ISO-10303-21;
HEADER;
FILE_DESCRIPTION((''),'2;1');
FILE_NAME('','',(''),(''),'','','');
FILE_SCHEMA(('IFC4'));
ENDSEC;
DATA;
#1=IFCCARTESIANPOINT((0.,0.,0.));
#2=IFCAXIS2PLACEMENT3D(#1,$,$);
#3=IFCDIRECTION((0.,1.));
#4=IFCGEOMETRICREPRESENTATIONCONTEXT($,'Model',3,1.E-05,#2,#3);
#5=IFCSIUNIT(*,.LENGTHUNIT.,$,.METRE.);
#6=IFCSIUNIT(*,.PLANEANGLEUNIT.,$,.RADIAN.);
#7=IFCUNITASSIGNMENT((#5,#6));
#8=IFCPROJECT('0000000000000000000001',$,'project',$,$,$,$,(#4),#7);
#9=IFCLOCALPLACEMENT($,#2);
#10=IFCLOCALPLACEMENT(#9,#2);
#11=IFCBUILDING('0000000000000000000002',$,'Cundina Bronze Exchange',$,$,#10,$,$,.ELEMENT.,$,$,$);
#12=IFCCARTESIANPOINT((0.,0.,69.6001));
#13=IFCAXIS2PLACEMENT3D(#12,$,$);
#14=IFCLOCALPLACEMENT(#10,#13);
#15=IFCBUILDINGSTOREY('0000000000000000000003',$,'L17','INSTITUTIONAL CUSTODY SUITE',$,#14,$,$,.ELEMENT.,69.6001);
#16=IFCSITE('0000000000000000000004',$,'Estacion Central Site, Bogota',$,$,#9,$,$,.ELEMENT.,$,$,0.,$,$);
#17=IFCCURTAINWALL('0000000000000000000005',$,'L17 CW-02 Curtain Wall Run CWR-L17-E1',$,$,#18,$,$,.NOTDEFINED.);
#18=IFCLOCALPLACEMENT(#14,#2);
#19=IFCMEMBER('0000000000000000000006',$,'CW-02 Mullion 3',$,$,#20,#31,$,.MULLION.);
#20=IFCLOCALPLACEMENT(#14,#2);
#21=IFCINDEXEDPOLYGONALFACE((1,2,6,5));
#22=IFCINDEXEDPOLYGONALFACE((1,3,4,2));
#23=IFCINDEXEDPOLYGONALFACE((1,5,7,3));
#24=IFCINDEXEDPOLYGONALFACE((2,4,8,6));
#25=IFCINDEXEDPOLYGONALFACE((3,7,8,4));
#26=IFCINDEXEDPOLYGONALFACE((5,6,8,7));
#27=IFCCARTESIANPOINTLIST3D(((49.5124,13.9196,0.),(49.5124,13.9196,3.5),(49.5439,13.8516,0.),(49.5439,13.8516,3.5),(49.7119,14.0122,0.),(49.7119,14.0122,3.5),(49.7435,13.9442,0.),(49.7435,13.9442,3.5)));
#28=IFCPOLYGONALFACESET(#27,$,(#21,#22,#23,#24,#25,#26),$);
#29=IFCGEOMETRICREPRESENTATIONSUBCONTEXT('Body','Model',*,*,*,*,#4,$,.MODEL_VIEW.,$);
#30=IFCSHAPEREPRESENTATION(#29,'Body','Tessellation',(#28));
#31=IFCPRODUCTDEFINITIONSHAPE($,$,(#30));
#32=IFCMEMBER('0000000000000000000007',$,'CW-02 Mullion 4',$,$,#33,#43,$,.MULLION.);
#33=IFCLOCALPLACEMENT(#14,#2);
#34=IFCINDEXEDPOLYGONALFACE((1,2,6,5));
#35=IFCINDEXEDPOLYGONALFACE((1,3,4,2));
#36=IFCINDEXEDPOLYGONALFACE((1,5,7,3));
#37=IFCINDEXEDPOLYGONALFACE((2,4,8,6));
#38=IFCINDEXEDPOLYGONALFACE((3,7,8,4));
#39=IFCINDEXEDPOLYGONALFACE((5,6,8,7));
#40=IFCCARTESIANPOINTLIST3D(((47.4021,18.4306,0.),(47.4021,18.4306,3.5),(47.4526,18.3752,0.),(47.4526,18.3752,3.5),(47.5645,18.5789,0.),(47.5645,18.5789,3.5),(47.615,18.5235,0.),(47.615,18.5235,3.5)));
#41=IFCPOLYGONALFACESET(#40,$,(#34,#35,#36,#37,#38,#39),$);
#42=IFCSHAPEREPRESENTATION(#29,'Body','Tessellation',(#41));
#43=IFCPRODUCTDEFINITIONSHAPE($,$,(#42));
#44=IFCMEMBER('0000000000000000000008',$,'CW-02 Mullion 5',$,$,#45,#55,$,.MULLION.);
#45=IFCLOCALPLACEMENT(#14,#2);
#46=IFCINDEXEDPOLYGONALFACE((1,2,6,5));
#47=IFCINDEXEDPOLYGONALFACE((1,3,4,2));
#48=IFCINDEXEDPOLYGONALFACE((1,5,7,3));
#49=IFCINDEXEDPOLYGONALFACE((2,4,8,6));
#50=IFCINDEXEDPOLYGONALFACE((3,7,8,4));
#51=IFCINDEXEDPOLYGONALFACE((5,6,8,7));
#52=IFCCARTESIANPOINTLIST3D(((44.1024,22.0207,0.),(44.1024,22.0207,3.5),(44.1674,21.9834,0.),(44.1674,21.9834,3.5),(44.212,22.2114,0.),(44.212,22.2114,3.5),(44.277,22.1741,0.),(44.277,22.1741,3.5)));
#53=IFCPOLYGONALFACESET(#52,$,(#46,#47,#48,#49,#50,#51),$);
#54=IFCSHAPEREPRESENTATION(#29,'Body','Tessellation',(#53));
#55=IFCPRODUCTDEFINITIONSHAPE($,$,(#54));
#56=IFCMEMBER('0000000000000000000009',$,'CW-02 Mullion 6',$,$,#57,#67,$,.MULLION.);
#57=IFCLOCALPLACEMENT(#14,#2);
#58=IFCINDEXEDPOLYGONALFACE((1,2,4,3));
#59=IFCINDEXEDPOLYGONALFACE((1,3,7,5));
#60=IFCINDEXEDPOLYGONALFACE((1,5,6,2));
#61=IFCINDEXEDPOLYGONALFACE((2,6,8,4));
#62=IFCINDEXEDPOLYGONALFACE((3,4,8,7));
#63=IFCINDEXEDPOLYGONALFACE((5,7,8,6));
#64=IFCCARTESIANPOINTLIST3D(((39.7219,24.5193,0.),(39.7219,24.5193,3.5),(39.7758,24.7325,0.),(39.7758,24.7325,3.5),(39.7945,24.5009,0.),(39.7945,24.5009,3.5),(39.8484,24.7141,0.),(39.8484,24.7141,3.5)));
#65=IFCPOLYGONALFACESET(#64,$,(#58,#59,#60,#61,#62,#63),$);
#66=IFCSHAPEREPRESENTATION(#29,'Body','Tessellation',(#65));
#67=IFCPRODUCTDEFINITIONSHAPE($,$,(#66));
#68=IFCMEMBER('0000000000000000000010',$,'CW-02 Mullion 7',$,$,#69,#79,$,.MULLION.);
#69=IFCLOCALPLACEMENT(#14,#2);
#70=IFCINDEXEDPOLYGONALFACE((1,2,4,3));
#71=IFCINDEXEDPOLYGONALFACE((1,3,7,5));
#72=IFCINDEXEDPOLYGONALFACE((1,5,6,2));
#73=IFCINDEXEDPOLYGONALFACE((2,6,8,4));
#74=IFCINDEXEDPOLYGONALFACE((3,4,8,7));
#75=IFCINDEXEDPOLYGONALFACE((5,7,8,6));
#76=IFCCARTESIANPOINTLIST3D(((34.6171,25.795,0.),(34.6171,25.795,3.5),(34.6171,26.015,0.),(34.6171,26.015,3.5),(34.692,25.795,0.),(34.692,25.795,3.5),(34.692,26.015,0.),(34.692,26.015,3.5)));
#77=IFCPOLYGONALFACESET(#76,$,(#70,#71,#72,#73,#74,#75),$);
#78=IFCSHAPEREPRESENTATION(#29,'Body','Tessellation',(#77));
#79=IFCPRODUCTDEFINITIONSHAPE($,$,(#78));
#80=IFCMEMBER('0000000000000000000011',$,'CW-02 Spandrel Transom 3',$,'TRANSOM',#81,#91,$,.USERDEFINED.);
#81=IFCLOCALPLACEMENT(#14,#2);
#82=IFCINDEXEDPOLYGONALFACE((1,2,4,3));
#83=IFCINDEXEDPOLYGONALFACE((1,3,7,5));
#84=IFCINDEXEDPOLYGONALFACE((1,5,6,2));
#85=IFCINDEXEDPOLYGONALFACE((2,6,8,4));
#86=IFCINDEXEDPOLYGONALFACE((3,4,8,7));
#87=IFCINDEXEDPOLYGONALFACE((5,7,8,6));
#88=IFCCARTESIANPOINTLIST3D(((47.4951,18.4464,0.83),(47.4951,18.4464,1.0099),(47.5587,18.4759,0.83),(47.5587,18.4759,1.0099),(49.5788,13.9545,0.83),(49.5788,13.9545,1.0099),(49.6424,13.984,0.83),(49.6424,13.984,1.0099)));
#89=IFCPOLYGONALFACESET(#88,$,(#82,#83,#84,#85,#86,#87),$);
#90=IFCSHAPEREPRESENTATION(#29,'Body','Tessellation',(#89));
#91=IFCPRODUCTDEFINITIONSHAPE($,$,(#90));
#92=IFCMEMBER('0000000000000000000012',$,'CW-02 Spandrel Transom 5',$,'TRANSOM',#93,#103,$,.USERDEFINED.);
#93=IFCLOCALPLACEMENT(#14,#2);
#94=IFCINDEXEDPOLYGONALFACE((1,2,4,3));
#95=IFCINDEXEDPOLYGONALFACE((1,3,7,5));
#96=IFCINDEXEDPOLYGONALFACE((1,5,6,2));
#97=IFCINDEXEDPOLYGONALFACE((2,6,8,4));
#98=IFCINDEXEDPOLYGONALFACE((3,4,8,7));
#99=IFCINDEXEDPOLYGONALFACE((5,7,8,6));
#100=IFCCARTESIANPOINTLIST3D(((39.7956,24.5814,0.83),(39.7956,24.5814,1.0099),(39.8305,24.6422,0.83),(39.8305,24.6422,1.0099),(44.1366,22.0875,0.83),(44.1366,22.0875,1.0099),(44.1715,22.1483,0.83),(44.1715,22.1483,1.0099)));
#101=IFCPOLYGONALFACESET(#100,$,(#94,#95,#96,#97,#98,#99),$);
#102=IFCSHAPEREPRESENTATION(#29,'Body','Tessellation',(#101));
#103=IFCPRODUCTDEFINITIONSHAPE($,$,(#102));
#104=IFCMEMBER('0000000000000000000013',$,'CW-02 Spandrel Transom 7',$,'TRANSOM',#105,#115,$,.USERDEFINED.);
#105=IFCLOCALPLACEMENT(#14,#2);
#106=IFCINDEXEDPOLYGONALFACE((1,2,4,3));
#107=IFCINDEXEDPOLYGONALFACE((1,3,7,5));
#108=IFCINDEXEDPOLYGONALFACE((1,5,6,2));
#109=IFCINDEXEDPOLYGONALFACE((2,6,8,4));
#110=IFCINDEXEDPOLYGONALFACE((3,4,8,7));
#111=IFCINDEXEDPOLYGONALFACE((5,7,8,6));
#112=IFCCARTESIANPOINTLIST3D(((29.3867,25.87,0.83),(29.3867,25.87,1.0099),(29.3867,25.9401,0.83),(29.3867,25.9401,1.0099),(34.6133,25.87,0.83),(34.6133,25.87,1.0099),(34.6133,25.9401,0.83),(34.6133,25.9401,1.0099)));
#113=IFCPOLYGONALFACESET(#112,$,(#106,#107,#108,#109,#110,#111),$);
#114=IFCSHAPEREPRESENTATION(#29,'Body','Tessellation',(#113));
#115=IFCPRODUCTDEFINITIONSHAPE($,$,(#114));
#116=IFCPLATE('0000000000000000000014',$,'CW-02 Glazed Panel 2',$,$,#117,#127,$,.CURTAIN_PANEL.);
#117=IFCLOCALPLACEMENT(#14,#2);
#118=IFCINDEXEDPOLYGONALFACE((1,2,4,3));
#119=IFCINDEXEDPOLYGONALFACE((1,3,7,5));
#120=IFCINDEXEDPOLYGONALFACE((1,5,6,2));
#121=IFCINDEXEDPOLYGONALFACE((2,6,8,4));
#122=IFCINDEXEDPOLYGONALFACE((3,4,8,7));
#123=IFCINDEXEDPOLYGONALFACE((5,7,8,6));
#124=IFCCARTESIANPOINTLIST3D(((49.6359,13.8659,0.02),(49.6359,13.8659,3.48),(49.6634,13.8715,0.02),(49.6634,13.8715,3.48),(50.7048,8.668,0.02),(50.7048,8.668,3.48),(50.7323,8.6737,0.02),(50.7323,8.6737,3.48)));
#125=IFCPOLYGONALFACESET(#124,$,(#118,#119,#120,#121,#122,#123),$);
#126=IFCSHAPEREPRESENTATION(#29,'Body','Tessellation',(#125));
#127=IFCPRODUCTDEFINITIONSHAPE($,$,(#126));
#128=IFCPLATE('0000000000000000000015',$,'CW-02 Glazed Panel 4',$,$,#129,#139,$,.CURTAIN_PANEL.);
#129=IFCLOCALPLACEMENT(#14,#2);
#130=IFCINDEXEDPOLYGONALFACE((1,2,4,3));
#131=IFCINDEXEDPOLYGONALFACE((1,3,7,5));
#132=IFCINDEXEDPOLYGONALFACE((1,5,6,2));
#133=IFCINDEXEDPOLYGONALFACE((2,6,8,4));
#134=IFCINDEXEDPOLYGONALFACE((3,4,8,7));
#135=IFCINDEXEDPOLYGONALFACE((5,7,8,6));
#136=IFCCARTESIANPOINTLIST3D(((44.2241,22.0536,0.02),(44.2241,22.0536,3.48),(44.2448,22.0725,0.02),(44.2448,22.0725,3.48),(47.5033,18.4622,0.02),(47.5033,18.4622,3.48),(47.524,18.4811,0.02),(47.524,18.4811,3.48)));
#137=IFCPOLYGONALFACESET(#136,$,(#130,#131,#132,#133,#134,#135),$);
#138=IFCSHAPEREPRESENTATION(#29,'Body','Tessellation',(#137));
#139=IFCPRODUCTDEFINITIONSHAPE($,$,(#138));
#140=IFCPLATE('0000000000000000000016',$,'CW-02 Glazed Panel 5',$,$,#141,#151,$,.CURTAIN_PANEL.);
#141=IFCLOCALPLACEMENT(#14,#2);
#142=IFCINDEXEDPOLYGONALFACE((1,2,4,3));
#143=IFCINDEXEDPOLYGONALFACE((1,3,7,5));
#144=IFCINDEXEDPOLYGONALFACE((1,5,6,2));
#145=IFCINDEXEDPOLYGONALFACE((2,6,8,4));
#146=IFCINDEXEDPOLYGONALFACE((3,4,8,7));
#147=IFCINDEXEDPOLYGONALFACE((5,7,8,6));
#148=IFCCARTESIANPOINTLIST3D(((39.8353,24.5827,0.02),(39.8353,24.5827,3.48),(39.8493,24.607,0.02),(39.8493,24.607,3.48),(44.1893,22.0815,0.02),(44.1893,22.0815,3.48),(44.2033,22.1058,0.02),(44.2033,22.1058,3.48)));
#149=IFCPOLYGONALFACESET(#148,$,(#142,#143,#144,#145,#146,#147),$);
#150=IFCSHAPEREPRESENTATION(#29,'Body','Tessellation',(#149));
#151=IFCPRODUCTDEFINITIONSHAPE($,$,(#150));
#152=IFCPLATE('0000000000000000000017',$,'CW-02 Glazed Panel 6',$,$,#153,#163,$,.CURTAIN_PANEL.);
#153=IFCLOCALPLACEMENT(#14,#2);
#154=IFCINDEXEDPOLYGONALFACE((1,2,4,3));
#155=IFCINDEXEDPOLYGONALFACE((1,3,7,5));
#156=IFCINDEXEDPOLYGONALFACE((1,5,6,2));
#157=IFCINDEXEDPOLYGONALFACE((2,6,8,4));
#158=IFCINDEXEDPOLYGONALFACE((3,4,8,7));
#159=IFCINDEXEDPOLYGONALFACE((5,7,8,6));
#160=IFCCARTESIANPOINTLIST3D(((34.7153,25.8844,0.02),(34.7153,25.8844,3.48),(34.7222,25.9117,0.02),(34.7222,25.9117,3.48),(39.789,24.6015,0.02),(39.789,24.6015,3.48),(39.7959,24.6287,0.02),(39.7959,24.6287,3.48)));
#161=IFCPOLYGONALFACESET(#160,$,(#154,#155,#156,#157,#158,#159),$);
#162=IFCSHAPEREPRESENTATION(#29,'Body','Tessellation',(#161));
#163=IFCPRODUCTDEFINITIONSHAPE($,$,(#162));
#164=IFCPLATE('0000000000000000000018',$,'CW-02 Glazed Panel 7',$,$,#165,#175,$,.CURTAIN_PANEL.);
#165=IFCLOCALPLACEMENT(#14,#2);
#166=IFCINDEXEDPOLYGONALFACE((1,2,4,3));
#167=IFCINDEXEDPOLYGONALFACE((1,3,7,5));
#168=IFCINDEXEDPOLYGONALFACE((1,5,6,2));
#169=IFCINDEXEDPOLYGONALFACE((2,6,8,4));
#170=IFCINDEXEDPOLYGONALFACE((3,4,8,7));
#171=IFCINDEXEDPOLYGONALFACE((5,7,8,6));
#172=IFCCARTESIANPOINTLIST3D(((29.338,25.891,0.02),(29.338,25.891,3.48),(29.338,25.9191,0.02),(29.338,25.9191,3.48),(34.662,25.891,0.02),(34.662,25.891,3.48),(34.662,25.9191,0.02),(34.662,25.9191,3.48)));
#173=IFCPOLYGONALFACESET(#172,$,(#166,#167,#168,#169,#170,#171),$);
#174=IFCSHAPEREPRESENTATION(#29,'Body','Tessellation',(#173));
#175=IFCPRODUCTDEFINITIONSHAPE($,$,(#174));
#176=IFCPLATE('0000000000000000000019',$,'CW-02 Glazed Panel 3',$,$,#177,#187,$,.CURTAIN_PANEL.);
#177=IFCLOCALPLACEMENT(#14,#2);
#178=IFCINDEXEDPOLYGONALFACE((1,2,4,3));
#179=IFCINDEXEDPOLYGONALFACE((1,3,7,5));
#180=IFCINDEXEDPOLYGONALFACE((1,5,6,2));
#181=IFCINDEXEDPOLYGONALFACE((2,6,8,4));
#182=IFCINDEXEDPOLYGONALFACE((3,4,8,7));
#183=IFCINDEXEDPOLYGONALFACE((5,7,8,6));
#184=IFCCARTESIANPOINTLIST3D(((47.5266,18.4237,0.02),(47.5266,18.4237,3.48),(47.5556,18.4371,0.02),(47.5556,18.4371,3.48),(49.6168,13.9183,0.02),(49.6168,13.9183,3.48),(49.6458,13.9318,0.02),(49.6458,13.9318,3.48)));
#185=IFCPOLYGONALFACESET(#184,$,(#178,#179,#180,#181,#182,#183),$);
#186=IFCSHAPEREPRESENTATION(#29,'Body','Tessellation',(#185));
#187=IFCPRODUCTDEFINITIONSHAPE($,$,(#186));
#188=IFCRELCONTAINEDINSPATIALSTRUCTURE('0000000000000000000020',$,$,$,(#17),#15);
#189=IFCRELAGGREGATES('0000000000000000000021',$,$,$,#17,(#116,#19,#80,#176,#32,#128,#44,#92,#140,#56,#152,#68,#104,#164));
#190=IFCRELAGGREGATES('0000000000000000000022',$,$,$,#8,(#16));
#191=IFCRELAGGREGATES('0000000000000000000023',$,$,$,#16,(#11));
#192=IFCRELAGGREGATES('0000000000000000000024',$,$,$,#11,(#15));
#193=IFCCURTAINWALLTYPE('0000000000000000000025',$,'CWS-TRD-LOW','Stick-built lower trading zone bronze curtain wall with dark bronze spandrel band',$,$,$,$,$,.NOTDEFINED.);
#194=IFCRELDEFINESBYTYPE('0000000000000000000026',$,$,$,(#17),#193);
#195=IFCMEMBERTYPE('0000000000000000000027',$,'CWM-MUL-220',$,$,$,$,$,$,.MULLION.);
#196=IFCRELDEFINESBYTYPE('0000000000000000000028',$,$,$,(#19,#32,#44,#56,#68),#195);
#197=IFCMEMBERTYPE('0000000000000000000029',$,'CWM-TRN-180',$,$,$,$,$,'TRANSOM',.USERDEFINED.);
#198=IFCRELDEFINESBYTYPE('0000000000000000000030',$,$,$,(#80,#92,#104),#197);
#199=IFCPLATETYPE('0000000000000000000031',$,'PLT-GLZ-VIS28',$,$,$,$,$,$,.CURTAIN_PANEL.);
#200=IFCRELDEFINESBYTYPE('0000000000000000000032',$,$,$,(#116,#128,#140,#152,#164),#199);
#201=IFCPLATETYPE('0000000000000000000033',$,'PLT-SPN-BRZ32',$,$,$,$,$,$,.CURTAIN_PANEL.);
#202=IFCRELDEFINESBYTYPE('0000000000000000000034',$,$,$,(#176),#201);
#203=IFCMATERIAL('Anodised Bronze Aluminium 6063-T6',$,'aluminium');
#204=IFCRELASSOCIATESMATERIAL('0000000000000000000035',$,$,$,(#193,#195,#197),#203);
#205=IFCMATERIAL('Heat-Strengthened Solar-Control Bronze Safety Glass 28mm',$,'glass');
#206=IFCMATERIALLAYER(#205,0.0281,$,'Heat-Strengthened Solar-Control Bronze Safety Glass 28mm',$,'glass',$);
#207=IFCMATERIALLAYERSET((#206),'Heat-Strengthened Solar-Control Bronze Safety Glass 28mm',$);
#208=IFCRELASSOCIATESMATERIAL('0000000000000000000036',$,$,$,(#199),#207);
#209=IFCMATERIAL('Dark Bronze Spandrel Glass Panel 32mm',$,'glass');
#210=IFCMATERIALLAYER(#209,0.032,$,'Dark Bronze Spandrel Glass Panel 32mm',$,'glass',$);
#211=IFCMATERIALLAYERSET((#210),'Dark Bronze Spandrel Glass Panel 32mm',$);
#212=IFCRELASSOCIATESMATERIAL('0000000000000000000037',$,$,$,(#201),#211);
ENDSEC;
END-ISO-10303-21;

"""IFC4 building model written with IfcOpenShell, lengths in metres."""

from ifc_helpers import new_model, si_unit, direction, frame, origin, origin_2d, place, context, subcontext, project, spatial, rectangle, extrude, material, layer, layer_set, material_profile, profile_set, type_object, element, aggregate, save


model = new_model("IFC4")

# Units and contexts
model_context = context("Model", 3, precision=1e-05, world=origin(), true_north=direction((0.0, 1.0)))
body_context = subcontext(model_context, "Body", "Model", "MODEL_VIEW")
ifc_project = project(units=[si_unit("LENGTHUNIT", "METRE"), si_unit("PLANEANGLEUNIT", "RADIAN")], contexts=[model_context])

# Site, building, storey
site_placement = place(None, origin())
site = spatial("IfcSite", under=ifc_project, at=site_placement, Name="Estacion Central Site, Bogota", CompositionType="ELEMENT", RefElevation=0.0)
building_placement = place(site_placement, origin())
building = spatial("IfcBuilding", under=site, at=building_placement, Name="Cundina Bronze Exchange", CompositionType="ELEMENT")
storey_placement = place(building_placement, frame((0.0, 0.0, 69.6001)))
storey = spatial("IfcBuildingStorey", under=building, at=storey_placement, Name="L17", Description="INSTITUTIONAL CUSTODY SUITE", CompositionType="ELEMENT", Elevation=69.6001)

# Curtain wall, members, plates
ifc_material_1 = material(Name="Anodised Bronze Aluminium 6063-T6", Category="aluminium")
curtain_wall_type = type_object("IfcCurtainWallType", Name="CWS-TRD-LOW", Description="Stick-built lower trading zone bronze curtain wall with dark bronze spandrel band", PredefinedType="NOTDEFINED", material=ifc_material_1)
curtain_wall_placement = place(storey_placement, origin())
curtain_wall = element("IfcCurtainWall", 1, at=curtain_wall_placement, inside=storey, type_object=curtain_wall_type, Name="L17 CW-02 Curtain Wall Run CWR-L17-E1", PredefinedType="NOTDEFINED")
ifc_material_profile_1 = material_profile(ifc_material_1, rectangle(XDim=0.075, YDim=0.22, at=origin_2d()), Name="AL75X220", Category="aluminium")
ifc_profile_set_1 = profile_set([ifc_material_profile_1], Name="Anodised Bronze Aluminium 6063-T6")
member_type_1 = type_object("IfcMemberType", Name="CWM-MUL-220", PredefinedType="MULLION", material=ifc_profile_set_1)
member_1_placement = place(storey_placement, frame((49.6279, 13.9319, 0.0), z_axis=(0.0, 0.0, 1.0), x_axis=(-0.420877, 0.907117, 0.0)))
member_1 = element("IfcMember", 2, at=member_1_placement, type_object=member_type_1, Name="CW-02 Mullion 3", PredefinedType="MULLION", context=body_context, shape_type="SweptSolid", body=[
    extrude(rectangle(XDim=0.075, YDim=0.22, at=origin_2d()), origin(), (0.0, 0.0, 1.0), 3.5),
])
member_2_placement = place(storey_placement, frame((47.5085, 18.4771, 0.0), z_axis=(0.0, 0.0, 1.0), x_axis=(-0.674302, 0.738455, 0.0)))
member_2 = element("IfcMember", 3, at=member_2_placement, type_object=member_type_1, Name="CW-02 Mullion 4", PredefinedType="MULLION", context=body_context, shape_type="SweptSolid", body=[
    extrude(rectangle(XDim=0.075, YDim=0.22, at=origin_2d()), origin(), (0.0, 0.0, 1.0), 3.5),
])
member_3_placement = place(storey_placement, frame((44.1897, 22.0974, 0.0), z_axis=(0.0, 0.0, 1.0), x_axis=(-0.867071, 0.498185, 0.0)))
member_3 = element("IfcMember", 4, at=member_3_placement, type_object=member_type_1, Name="CW-02 Mullion 5", PredefinedType="MULLION", context=body_context, shape_type="SweptSolid", body=[
    extrude(rectangle(XDim=0.075, YDim=0.22, at=origin_2d()), origin(), (0.0, 0.0, 1.0), 3.5),
])
member_4_placement = place(storey_placement, frame((39.7852, 24.6167, 0.0), z_axis=(0.0, 0.0, 1.0), x_axis=(-0.969488, 0.245138, 0.0)))
member_4 = element("IfcMember", 5, at=member_4_placement, type_object=member_type_1, Name="CW-02 Mullion 6", PredefinedType="MULLION", context=body_context, shape_type="SweptSolid", body=[
    extrude(rectangle(XDim=0.075, YDim=0.22, at=origin_2d()), origin(), (0.0, 0.0, 1.0), 3.5),
])
member_5_placement = place(storey_placement, frame((34.6545, 25.905, 0.0), z_axis=(0.0, 0.0, 1.0), x_axis=(-1.0, 0.0, 0.0)))
member_5 = element("IfcMember", 6, at=member_5_placement, type_object=member_type_1, Name="CW-02 Mullion 7", PredefinedType="MULLION", context=body_context, shape_type="SweptSolid", body=[
    extrude(rectangle(XDim=0.075, YDim=0.22, at=origin_2d()), origin(), (0.0, 0.0, 1.0), 3.5),
])
ifc_material_profile_2 = material_profile(ifc_material_1, rectangle(XDim=0.0701, YDim=0.1799, at=origin_2d()), Name="AL70X180", Category="aluminium")
ifc_profile_set_2 = profile_set([ifc_material_profile_2], Name="Anodised Bronze Aluminium 6063-T6")
member_type_2 = type_object("IfcMemberType", Name="CWM-TRN-180", ElementType="TRANSOM", PredefinedType="USERDEFINED", material=ifc_profile_set_2)
member_6_placement = place(storey_placement, frame((49.6106, 13.9692, 0.9199), z_axis=(-0.420811, 0.907148, 0.0), x_axis=(-0.907148, -0.420811, 0.0)))
member_6 = element("IfcMember", 7, at=member_6_placement, type_object=member_type_2, Name="CW-02 Spandrel Transom 3", ObjectType="TRANSOM", PredefinedType="USERDEFINED", context=body_context, shape_type="SweptSolid", body=[
    extrude(rectangle(XDim=0.0701, YDim=0.1799, at=origin_2d()), origin(), (0.0, 0.0, 1.0), 4.9517),
])
member_7_placement = place(storey_placement, frame((44.1541, 22.1179, 0.9199), z_axis=(-0.867097, 0.498139, 0.0), x_axis=(-0.498139, -0.867097, 0.0)))
member_7 = element("IfcMember", 8, at=member_7_placement, type_object=member_type_2, Name="CW-02 Spandrel Transom 5", ObjectType="TRANSOM", PredefinedType="USERDEFINED", context=body_context, shape_type="SweptSolid", body=[
    extrude(rectangle(XDim=0.0701, YDim=0.1799, at=origin_2d()), origin(), (0.0, 0.0, 1.0), 5.0063),
])
member_8_placement = place(storey_placement, frame((34.6133, 25.905, 0.9199), z_axis=(-1.0, 0.0, 0.0), x_axis=(0.0, -1.0, 0.0)))
member_8 = element("IfcMember", 9, at=member_8_placement, type_object=member_type_2, Name="CW-02 Spandrel Transom 7", ObjectType="TRANSOM", PredefinedType="USERDEFINED", context=body_context, shape_type="SweptSolid", body=[
    extrude(rectangle(XDim=0.0701, YDim=0.1799, at=origin_2d()), origin(), (0.0, 0.0, 1.0), 5.2266),
])
ifc_material_2 = material(Name="Heat-Strengthened Solar-Control Bronze Safety Glass 28mm", Category="glass")
ifc_layer_1 = layer(ifc_material_2, 0.0281, Name="Heat-Strengthened Solar-Control Bronze Safety Glass 28mm", Category="glass")
ifc_layer_set_1 = layer_set([ifc_layer_1], Name="Heat-Strengthened Solar-Control Bronze Safety Glass 28mm")
plate_type_1 = type_object("IfcPlateType", Name="PLT-GLZ-VIS28", PredefinedType="CURTAIN_PANEL", material=ifc_layer_set_1)
plate_1_placement = place(storey_placement, frame((50.1841, 11.2698, 0.02), z_axis=(0.0, 0.0, 1.0), x_axis=(-0.20142, 0.979505, 0.0)))
plate_1 = element("IfcPlate", 10, at=plate_1_placement, type_object=plate_type_1, Name="CW-02 Glazed Panel 2", PredefinedType="CURTAIN_PANEL", context=body_context, shape_type="SweptSolid", body=[
    extrude(rectangle(XDim=5.3066, YDim=0.0281, at=origin_2d()), origin(), (0.0, 0.0, 1.0), 3.46),
])
plate_2_placement = place(storey_placement, frame((45.874, 20.2673, 0.02), z_axis=(0.0, 0.0, 1.0), x_axis=(-0.674277, 0.738479, 0.0)))
plate_2 = element("IfcPlate", 11, at=plate_2_placement, type_object=plate_type_1, Name="CW-02 Glazed Panel 4", PredefinedType="CURTAIN_PANEL", context=body_context, shape_type="SweptSolid", body=[
    extrude(rectangle(XDim=4.8633, YDim=0.0281, at=origin_2d()), origin(), (0.0, 0.0, 1.0), 3.46),
])
plate_3_placement = place(storey_placement, frame((42.0193, 23.3442, 0.02), z_axis=(0.0, 0.0, 1.0), x_axis=(-0.867105, 0.498125, 0.0)))
plate_3 = element("IfcPlate", 12, at=plate_3_placement, type_object=plate_type_1, Name="CW-02 Glazed Panel 5", PredefinedType="CURTAIN_PANEL", context=body_context, shape_type="SweptSolid", body=[
    extrude(rectangle(XDim=5.0212, YDim=0.0281, at=origin_2d()), origin(), (0.0, 0.0, 1.0), 3.46),
])
plate_4_placement = place(storey_placement, frame((37.2556, 25.2566, 0.02), z_axis=(0.0, 0.0, 1.0), x_axis=(-0.969488, 0.245138, 0.0)))
plate_4 = element("IfcPlate", 13, at=plate_4_placement, type_object=plate_type_1, Name="CW-02 Glazed Panel 6", PredefinedType="CURTAIN_PANEL", context=body_context, shape_type="SweptSolid", body=[
    extrude(rectangle(XDim=5.2334, YDim=0.0281, at=origin_2d()), origin(), (0.0, 0.0, 1.0), 3.46),
])
plate_5_placement = place(storey_placement, frame((32.0, 25.905, 0.02), z_axis=(0.0, 0.0, 1.0), x_axis=(-1.0, 0.0, 0.0)))
plate_5 = element("IfcPlate", 14, at=plate_5_placement, type_object=plate_type_1, Name="CW-02 Glazed Panel 7", PredefinedType="CURTAIN_PANEL", context=body_context, shape_type="SweptSolid", body=[
    extrude(rectangle(XDim=5.324, YDim=0.0281, at=origin_2d()), origin(), (0.0, 0.0, 1.0), 3.46),
])
ifc_material_3 = material(Name="Dark Bronze Spandrel Glass Panel 32mm", Category="glass")
ifc_layer_2 = layer(ifc_material_3, 0.032, Name="Dark Bronze Spandrel Glass Panel 32mm", Category="glass")
ifc_layer_set_2 = layer_set([ifc_layer_2], Name="Dark Bronze Spandrel Glass Panel 32mm")
plate_type_2 = type_object("IfcPlateType", Name="PLT-SPN-BRZ32", PredefinedType="CURTAIN_PANEL", material=ifc_layer_set_2)
plate_6_placement = place(storey_placement, frame((48.5862, 16.1777, 0.02), z_axis=(0.0, 0.0, 1.0), x_axis=(-0.420846, 0.907132, 0.0)))
plate_6 = element("IfcPlate", 15, at=plate_6_placement, type_object=plate_type_2, Name="CW-02 Glazed Panel 3", PredefinedType="CURTAIN_PANEL", context=body_context, shape_type="SweptSolid", body=[
    extrude(rectangle(XDim=4.9666, YDim=0.032, at=origin_2d()), origin(), (0.0, 0.0, 1.0), 3.46),
])
aggregate(curtain_wall, [plate_1, member_1, member_6, plate_6, member_2, plate_2, member_3, member_7, plate_3, member_4, plate_4, member_5, member_8, plate_5])

save(model, "model.ifc")
